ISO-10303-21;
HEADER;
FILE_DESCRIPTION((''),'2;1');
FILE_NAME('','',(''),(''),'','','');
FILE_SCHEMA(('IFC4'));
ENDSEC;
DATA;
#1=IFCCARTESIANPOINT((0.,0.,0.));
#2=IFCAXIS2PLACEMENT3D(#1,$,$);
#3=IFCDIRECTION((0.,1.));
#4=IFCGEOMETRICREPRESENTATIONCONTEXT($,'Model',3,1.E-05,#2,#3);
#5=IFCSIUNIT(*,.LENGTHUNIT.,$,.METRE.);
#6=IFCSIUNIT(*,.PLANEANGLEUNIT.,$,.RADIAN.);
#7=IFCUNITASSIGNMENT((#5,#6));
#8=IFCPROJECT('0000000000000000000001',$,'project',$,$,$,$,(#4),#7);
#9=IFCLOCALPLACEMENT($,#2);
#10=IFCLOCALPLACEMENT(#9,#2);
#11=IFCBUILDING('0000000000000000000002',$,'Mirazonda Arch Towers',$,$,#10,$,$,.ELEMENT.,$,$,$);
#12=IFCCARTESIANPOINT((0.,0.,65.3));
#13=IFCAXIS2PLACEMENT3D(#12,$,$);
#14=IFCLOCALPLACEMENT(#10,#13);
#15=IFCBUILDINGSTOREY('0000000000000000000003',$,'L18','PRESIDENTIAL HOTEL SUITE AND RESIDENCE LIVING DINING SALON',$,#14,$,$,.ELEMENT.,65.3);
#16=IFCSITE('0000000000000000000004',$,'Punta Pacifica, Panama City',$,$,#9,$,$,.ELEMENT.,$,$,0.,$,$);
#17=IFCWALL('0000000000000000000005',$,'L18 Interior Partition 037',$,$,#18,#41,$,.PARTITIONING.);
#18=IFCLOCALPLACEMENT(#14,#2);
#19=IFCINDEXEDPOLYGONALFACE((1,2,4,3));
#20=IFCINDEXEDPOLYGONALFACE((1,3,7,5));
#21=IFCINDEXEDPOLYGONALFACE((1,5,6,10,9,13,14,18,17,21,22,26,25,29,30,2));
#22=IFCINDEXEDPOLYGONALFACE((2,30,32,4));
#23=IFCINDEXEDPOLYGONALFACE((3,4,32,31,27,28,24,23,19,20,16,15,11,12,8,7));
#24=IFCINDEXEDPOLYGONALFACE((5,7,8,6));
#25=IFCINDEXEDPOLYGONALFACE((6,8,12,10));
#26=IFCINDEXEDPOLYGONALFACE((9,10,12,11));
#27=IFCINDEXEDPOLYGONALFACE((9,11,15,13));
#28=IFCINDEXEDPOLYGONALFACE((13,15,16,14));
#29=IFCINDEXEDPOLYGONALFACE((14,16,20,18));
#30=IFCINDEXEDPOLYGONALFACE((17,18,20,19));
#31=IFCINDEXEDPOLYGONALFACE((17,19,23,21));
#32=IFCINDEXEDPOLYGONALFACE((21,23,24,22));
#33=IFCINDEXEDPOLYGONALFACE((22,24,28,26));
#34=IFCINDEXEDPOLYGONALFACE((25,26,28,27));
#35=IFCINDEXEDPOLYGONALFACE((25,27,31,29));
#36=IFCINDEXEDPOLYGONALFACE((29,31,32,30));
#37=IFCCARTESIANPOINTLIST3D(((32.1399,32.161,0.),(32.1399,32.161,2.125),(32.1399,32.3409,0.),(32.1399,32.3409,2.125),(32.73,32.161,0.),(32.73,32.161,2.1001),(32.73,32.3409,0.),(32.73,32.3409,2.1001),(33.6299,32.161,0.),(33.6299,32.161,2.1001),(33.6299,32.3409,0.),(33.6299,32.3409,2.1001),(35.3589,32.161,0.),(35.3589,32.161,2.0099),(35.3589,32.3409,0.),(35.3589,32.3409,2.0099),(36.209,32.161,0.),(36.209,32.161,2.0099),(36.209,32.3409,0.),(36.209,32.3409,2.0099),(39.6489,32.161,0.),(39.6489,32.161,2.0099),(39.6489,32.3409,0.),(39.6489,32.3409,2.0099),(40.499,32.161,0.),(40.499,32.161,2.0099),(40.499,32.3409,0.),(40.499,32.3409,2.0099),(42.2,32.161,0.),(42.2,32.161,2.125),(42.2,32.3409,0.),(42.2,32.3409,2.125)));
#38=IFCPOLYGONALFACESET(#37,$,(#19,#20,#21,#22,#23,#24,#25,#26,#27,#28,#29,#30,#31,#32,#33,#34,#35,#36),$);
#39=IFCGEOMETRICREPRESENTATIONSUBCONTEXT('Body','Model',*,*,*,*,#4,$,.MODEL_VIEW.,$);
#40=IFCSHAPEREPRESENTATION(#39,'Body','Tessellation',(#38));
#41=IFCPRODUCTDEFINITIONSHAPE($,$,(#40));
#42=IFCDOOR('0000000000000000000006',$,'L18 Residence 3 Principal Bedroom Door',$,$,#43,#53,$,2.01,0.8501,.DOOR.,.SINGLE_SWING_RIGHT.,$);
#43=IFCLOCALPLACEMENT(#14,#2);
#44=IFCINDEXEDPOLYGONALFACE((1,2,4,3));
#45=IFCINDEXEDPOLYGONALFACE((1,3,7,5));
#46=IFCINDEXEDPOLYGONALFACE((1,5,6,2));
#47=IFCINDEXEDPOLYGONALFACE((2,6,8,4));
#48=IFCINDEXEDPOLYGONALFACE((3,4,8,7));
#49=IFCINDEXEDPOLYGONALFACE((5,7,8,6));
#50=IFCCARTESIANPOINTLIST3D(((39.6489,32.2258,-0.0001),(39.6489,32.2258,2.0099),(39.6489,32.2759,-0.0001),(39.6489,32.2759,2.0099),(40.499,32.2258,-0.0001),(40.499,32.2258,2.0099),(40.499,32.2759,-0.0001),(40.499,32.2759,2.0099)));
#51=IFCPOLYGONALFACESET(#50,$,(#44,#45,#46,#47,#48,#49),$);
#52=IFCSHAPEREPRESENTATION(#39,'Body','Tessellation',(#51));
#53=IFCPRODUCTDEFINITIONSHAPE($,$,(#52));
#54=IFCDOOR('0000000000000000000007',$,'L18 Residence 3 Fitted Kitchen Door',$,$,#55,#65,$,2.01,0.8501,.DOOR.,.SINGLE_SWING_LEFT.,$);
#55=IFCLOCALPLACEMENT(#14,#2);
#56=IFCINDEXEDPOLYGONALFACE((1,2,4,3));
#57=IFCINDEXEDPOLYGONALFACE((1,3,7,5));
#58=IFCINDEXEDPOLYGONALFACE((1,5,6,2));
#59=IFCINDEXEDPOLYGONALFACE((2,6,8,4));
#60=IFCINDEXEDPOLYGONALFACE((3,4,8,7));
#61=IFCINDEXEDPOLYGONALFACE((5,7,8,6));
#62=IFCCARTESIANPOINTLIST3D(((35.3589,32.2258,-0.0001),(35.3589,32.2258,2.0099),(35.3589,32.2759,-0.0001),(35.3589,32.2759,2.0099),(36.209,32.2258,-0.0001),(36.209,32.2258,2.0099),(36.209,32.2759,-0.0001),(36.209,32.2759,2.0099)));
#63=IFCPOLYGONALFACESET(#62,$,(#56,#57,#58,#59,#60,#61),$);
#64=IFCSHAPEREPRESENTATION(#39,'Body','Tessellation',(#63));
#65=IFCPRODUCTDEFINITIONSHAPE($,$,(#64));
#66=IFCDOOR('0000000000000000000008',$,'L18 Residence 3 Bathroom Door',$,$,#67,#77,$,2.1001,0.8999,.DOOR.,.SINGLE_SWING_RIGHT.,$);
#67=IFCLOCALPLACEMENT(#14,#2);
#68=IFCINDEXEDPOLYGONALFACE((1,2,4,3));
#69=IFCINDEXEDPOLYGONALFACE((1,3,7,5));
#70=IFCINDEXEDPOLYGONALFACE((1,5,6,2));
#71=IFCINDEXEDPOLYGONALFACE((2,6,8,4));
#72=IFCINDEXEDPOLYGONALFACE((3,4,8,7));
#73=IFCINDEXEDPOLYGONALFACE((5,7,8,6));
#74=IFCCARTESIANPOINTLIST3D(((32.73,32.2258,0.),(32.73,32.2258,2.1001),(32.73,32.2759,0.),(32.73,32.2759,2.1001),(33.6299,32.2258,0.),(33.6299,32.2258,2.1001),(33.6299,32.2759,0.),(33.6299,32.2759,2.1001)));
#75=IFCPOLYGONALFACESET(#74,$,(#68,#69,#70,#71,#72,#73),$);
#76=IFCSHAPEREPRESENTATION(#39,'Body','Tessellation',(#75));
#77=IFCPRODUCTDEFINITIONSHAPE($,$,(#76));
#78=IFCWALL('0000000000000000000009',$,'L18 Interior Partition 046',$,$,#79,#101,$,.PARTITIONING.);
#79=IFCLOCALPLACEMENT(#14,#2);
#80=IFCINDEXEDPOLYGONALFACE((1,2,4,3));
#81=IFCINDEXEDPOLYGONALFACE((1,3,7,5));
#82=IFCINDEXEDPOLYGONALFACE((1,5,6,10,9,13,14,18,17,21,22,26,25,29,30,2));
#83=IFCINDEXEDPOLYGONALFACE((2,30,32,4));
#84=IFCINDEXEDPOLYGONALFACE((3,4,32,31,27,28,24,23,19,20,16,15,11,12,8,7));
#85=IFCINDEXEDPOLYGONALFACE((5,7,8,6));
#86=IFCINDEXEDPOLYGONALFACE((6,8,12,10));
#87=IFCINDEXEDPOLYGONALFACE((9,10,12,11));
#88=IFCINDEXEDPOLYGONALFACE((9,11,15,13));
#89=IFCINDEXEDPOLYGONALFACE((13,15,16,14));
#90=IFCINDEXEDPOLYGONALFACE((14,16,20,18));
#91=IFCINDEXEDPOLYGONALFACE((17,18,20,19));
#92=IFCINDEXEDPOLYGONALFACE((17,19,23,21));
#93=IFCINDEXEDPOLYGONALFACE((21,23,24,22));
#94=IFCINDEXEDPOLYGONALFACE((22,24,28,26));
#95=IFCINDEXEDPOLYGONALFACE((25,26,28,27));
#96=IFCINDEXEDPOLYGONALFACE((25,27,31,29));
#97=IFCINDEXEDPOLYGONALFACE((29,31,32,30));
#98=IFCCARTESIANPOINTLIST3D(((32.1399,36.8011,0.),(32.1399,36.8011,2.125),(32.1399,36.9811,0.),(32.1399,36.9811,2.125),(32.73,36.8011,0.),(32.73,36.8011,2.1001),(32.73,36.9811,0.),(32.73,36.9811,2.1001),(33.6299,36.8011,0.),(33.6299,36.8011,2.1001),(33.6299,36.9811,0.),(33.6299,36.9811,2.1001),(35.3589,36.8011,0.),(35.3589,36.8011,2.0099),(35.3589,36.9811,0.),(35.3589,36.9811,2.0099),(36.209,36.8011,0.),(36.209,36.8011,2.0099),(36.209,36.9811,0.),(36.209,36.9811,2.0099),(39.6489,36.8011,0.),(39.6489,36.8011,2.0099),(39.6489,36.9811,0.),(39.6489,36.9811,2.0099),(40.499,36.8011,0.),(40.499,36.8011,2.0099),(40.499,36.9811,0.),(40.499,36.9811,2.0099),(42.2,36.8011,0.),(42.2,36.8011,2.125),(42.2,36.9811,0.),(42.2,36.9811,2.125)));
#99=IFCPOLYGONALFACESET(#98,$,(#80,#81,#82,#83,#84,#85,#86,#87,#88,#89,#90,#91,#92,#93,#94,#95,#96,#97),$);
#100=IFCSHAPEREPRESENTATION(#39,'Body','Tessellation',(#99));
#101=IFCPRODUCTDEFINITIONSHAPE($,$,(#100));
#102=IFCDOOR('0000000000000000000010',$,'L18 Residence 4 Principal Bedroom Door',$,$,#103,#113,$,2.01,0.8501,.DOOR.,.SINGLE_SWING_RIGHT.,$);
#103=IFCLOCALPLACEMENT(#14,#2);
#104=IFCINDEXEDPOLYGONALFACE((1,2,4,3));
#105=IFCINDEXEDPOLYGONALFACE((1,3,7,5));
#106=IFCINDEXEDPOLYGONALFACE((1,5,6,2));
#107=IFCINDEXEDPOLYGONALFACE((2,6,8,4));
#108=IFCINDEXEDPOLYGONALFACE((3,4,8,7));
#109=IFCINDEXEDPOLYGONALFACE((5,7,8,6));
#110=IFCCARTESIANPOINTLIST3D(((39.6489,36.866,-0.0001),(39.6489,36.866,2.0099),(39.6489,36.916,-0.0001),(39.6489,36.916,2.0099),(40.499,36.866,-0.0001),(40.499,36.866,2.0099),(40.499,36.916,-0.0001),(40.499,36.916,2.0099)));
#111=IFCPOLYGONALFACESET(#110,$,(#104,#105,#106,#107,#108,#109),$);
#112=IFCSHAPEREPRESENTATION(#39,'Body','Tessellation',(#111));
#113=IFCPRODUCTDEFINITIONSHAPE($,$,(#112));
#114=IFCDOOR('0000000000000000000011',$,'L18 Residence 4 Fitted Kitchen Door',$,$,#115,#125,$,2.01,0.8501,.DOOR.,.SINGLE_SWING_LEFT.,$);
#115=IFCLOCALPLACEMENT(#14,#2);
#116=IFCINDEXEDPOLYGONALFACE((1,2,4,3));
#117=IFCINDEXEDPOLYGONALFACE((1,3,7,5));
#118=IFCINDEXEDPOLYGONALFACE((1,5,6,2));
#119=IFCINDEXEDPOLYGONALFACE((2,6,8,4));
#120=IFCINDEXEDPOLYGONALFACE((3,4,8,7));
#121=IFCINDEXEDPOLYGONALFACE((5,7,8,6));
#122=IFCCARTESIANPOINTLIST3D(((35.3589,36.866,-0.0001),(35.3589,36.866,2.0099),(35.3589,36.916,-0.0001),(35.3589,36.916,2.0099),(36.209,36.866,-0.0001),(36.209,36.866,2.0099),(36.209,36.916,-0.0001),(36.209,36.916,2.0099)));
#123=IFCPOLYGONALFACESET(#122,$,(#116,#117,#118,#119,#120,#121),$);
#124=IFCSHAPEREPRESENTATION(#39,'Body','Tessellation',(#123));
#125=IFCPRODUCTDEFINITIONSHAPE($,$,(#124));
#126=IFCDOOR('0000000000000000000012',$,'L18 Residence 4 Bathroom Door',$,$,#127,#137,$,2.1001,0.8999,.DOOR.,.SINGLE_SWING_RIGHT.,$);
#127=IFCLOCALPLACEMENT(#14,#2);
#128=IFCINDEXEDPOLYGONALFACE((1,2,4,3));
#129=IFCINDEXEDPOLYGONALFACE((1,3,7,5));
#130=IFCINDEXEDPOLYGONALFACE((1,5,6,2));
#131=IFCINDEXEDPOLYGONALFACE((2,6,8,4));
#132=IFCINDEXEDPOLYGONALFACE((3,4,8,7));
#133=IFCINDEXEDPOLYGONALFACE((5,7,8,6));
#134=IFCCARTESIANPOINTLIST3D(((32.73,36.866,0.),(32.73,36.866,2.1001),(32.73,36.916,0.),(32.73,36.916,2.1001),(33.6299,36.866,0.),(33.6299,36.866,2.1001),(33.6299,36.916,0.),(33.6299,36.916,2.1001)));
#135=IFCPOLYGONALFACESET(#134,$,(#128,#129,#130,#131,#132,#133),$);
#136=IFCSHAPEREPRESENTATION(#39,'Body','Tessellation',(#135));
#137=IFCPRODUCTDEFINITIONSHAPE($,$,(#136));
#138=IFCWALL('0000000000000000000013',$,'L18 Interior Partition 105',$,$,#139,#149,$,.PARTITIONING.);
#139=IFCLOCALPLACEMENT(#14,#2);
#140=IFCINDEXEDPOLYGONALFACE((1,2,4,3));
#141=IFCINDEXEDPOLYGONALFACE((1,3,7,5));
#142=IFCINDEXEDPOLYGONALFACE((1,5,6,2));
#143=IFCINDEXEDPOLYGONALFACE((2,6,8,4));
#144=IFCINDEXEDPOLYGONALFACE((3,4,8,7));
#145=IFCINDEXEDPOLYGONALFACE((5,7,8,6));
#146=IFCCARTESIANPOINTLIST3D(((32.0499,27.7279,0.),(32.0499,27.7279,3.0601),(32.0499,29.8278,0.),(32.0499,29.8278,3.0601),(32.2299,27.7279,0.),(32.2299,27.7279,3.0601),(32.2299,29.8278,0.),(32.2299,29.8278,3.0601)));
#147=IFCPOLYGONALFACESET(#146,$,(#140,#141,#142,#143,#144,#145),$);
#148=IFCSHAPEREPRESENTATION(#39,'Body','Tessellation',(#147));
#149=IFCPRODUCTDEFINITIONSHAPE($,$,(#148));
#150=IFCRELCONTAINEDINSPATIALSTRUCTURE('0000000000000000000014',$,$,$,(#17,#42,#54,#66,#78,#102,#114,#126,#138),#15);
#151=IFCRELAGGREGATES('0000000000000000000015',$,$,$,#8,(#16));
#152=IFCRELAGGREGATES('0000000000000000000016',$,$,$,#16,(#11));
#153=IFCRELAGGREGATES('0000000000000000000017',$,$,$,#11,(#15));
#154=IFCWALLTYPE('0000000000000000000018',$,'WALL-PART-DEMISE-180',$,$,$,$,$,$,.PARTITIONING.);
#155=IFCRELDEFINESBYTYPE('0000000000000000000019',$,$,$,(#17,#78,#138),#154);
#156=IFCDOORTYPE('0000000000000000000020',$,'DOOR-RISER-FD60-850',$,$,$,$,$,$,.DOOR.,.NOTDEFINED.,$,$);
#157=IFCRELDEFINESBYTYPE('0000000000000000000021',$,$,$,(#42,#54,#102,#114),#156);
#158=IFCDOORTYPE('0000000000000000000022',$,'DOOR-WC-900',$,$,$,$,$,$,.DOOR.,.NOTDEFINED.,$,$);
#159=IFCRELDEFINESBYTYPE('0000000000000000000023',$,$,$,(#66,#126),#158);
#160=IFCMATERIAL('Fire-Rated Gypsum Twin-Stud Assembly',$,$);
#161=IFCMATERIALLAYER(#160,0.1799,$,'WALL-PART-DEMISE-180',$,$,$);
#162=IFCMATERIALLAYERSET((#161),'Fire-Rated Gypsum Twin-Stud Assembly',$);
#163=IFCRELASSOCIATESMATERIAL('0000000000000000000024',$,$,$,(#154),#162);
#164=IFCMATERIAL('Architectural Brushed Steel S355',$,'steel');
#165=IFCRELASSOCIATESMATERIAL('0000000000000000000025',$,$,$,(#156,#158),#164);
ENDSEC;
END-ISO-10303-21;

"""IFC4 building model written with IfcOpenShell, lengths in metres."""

from ifc_helpers import new_model, si_unit, direction, frame, frame_2d, origin, place, context, subcontext, project, spatial, rectangle, extrude, material, layer, layer_set, type_object, element, fill, save


model = new_model("IFC4")

# Units and contexts
model_context = context("Model", 3, precision=1e-05, world=origin(), true_north=direction((0.0, 1.0)))
body_context = subcontext(model_context, "Body", "Model", "MODEL_VIEW")
ifc_project = project(units=[si_unit("LENGTHUNIT", "METRE"), si_unit("PLANEANGLEUNIT", "RADIAN")], contexts=[model_context])

# Site, building, storey
site_placement = place(None, origin())
site = spatial("IfcSite", under=ifc_project, at=site_placement, Name="Punta Pacifica, Panama City", CompositionType="ELEMENT", RefElevation=0.0)
building_placement = place(site_placement, origin())
building = spatial("IfcBuilding", under=site, at=building_placement, Name="Mirazonda Arch Towers", CompositionType="ELEMENT")
storey_placement = place(building_placement, frame((0.0, 0.0, 65.3)))
storey = spatial("IfcBuildingStorey", under=building, at=storey_placement, Name="L18", Description="PRESIDENTIAL HOTEL SUITE AND RESIDENCE LIVING DINING SALON", CompositionType="ELEMENT", Elevation=65.3)

# Shared definitions
ifc_material_1 = material(Name="Fire-Rated Gypsum Twin-Stud Assembly")
ifc_layer_1 = layer(ifc_material_1, 0.1799, Name="WALL-PART-DEMISE-180")
ifc_layer_set_1 = layer_set([ifc_layer_1], Name="Fire-Rated Gypsum Twin-Stud Assembly")
wall_type_1 = type_object("IfcWallType", Name="WALL-PART-DEMISE-180", PredefinedType="PARTITIONING", material=ifc_layer_set_1)
ifc_material_2 = material(Name="Architectural Brushed Steel S355", Category="steel")
door_type_1 = type_object("IfcDoorType", Name="DOOR-RISER-FD60-850", OperationType="NOTDEFINED", PredefinedType="DOOR", material=ifc_material_2)
door_type_2 = type_object("IfcDoorType", Name="DOOR-WC-900", OperationType="NOTDEFINED", PredefinedType="DOOR", material=ifc_material_2)

# Walls, openings, doors
wall_1_placement = place(storey_placement, frame((32.1399, 32.251, 0.0), z_axis=(0.0, 0.0, 1.0), x_axis=(1.0, 0.0, 0.0)))
wall_1 = element("IfcWall", 1, at=wall_1_placement, inside=storey, type_object=wall_type_1, Name="L18 Interior Partition 037", PredefinedType="PARTITIONING", context=body_context, shape_type="SweptSolid", body=[
    extrude(rectangle(XDim=10.0601, YDim=0.1799, at=frame_2d((5.03, 0.0))), origin(), (0.0, 0.0, 1.0), 2.125),
])
opening_1_placement = place(wall_1_placement, frame((7.509, 0.0, 0.0)))
opening_1 = element("IfcOpeningElement", 2, at=opening_1_placement, cuts=wall_1, PredefinedType="OPENING", context=body_context, shape_type="SweptSolid", body=[
    extrude(rectangle(XDim=0.8501, YDim=2.01, at=frame_2d((0.425, 1.0049))), frame((0.0, 0.0999, 0.0), z_axis=(0.0, -1.0, 0.0), x_axis=(1.0, 0.0, 0.0)), (0.0, 0.0, 1.0), 0.2),
])
opening_2_placement = place(wall_1_placement, frame((3.219, 0.0, 0.0)))
opening_2 = element("IfcOpeningElement", 3, at=opening_2_placement, cuts=wall_1, PredefinedType="OPENING", context=body_context, shape_type="SweptSolid", body=[
    extrude(rectangle(XDim=0.8501, YDim=2.01, at=frame_2d((0.425, 1.0049))), frame((0.0, 0.0999, 0.0), z_axis=(0.0, -1.0, 0.0), x_axis=(1.0, 0.0, 0.0)), (0.0, 0.0, 1.0), 0.2),
])
opening_3_placement = place(wall_1_placement, frame((0.5901, 0.0, 0.0)))
opening_3 = element("IfcOpeningElement", 4, at=opening_3_placement, cuts=wall_1, PredefinedType="OPENING", context=body_context, shape_type="SweptSolid", body=[
    extrude(rectangle(XDim=0.8999, YDim=2.1001, at=frame_2d((0.45, 1.05))), frame((0.0, 0.0999, 0.0), z_axis=(0.0, -1.0, 0.0), x_axis=(1.0, 0.0, 0.0)), (0.0, 0.0, 1.0), 0.2),
])
door_1_placement = place(opening_1_placement, origin())
door_1 = element("IfcDoor", 5, at=door_1_placement, inside=storey, type_object=door_type_1, Name="L18 Residence 3 Principal Bedroom Door", OperationType="SINGLE_SWING_RIGHT", OverallHeight=2.01, OverallWidth=0.8501, PredefinedType="DOOR", context=body_context, shape_type="SweptSolid", body=[
    extrude(rectangle(XDim=0.8501, YDim=2.01, at=frame_2d((0.425, 1.0049))), frame((0.0, 0.0249, 0.0), z_axis=(0.0, -1.0, 0.0), x_axis=(1.0, 0.0, 0.0)), (0.0, 0.0, 1.0), 0.05),
])
fill(opening_1, door_1)
door_2_placement = place(opening_2_placement, origin())
door_2 = element("IfcDoor", 6, at=door_2_placement, inside=storey, type_object=door_type_1, Name="L18 Residence 3 Fitted Kitchen Door", OperationType="SINGLE_SWING_LEFT", OverallHeight=2.01, OverallWidth=0.8501, PredefinedType="DOOR", context=body_context, shape_type="SweptSolid", body=[
    extrude(rectangle(XDim=0.8501, YDim=2.01, at=frame_2d((0.425, 1.0049))), frame((0.0, 0.0249, 0.0), z_axis=(0.0, -1.0, 0.0), x_axis=(1.0, 0.0, 0.0)), (0.0, 0.0, 1.0), 0.05),
])
fill(opening_2, door_2)
door_3_placement = place(opening_3_placement, origin())
door_3 = element("IfcDoor", 7, at=door_3_placement, inside=storey, type_object=door_type_2, Name="L18 Residence 3 Bathroom Door", OperationType="SINGLE_SWING_RIGHT", OverallHeight=2.1001, OverallWidth=0.8999, PredefinedType="DOOR", context=body_context, shape_type="SweptSolid", body=[
    extrude(rectangle(XDim=0.8999, YDim=2.1001, at=frame_2d((0.45, 1.05))), frame((0.0, 0.0249, 0.0), z_axis=(0.0, -1.0, 0.0), x_axis=(1.0, 0.0, 0.0)), (0.0, 0.0, 1.0), 0.05),
])
fill(opening_3, door_3)
wall_2_placement = place(storey_placement, frame((32.1399, 36.8911, 0.0), z_axis=(0.0, 0.0, 1.0), x_axis=(1.0, 0.0, 0.0)))
wall_2 = element("IfcWall", 8, at=wall_2_placement, inside=storey, type_object=wall_type_1, Name="L18 Interior Partition 046", PredefinedType="PARTITIONING", context=body_context, shape_type="SweptSolid", body=[
    extrude(rectangle(XDim=10.0601, YDim=0.1799, at=frame_2d((5.03, 0.0))), origin(), (0.0, 0.0, 1.0), 2.125),
])
opening_4_placement = place(wall_2_placement, frame((7.509, 0.0, 0.0)))
opening_4 = element("IfcOpeningElement", 9, at=opening_4_placement, cuts=wall_2, PredefinedType="OPENING", context=body_context, shape_type="SweptSolid", body=[
    extrude(rectangle(XDim=0.8501, YDim=2.01, at=frame_2d((0.425, 1.0049))), frame((0.0, 0.0999, 0.0), z_axis=(0.0, -1.0, 0.0), x_axis=(1.0, 0.0, 0.0)), (0.0, 0.0, 1.0), 0.2),
])
opening_5_placement = place(wall_2_placement, frame((3.219, 0.0, 0.0)))
opening_5 = element("IfcOpeningElement", 10, at=opening_5_placement, cuts=wall_2, PredefinedType="OPENING", context=body_context, shape_type="SweptSolid", body=[
    extrude(rectangle(XDim=0.8501, YDim=2.01, at=frame_2d((0.425, 1.0049))), frame((0.0, 0.0999, 0.0), z_axis=(0.0, -1.0, 0.0), x_axis=(1.0, 0.0, 0.0)), (0.0, 0.0, 1.0), 0.2),
])
opening_6_placement = place(wall_2_placement, frame((0.5901, 0.0, 0.0)))
opening_6 = element("IfcOpeningElement", 11, at=opening_6_placement, cuts=wall_2, PredefinedType="OPENING", context=body_context, shape_type="SweptSolid", body=[
    extrude(rectangle(XDim=0.8999, YDim=2.1001, at=frame_2d((0.45, 1.05))), frame((0.0, 0.0999, 0.0), z_axis=(0.0, -1.0, 0.0), x_axis=(1.0, 0.0, 0.0)), (0.0, 0.0, 1.0), 0.2),
])
door_4_placement = place(opening_4_placement, origin())
door_4 = element("IfcDoor", 12, at=door_4_placement, inside=storey, type_object=door_type_1, Name="L18 Residence 4 Principal Bedroom Door", OperationType="SINGLE_SWING_RIGHT", OverallHeight=2.01, OverallWidth=0.8501, PredefinedType="DOOR", context=body_context, shape_type="SweptSolid", body=[
    extrude(rectangle(XDim=0.8501, YDim=2.01, at=frame_2d((0.425, 1.0049))), frame((0.0, 0.0249, 0.0), z_axis=(0.0, -1.0, 0.0), x_axis=(1.0, 0.0, 0.0)), (0.0, 0.0, 1.0), 0.05),
])
fill(opening_4, door_4)
door_5_placement = place(opening_5_placement, origin())
door_5 = element("IfcDoor", 13, at=door_5_placement, inside=storey, type_object=door_type_1, Name="L18 Residence 4 Fitted Kitchen Door", OperationType="SINGLE_SWING_LEFT", OverallHeight=2.01, OverallWidth=0.8501, PredefinedType="DOOR", context=body_context, shape_type="SweptSolid", body=[
    extrude(rectangle(XDim=0.8501, YDim=2.01, at=frame_2d((0.425, 1.0049))), frame((0.0, 0.0249, 0.0), z_axis=(0.0, -1.0, 0.0), x_axis=(1.0, 0.0, 0.0)), (0.0, 0.0, 1.0), 0.05),
])
fill(opening_5, door_5)
door_6_placement = place(opening_6_placement, origin())
door_6 = element("IfcDoor", 14, at=door_6_placement, inside=storey, type_object=door_type_2, Name="L18 Residence 4 Bathroom Door", OperationType="SINGLE_SWING_RIGHT", OverallHeight=2.1001, OverallWidth=0.8999, PredefinedType="DOOR", context=body_context, shape_type="SweptSolid", body=[
    extrude(rectangle(XDim=0.8999, YDim=2.1001, at=frame_2d((0.45, 1.05))), frame((0.0, 0.0249, 0.0), z_axis=(0.0, -1.0, 0.0), x_axis=(1.0, 0.0, 0.0)), (0.0, 0.0, 1.0), 0.05),
])
fill(opening_6, door_6)

# Wall
wall_3_placement = place(storey_placement, frame((32.1399, 27.728, 0.0), z_axis=(0.0, 0.0, 1.0), x_axis=(0.0, 1.0, 0.0)))
element("IfcWall", 15, at=wall_3_placement, inside=storey, type_object=wall_type_1, Name="L18 Interior Partition 105", PredefinedType="PARTITIONING", context=body_context, shape_type="SweptSolid", body=[
    extrude(rectangle(XDim=2.0999, YDim=0.1799, at=frame_2d((1.0498, 0.0))), origin(), (0.0, 0.0, 1.0), 3.0601),
])

save(model, "model.ifc")
